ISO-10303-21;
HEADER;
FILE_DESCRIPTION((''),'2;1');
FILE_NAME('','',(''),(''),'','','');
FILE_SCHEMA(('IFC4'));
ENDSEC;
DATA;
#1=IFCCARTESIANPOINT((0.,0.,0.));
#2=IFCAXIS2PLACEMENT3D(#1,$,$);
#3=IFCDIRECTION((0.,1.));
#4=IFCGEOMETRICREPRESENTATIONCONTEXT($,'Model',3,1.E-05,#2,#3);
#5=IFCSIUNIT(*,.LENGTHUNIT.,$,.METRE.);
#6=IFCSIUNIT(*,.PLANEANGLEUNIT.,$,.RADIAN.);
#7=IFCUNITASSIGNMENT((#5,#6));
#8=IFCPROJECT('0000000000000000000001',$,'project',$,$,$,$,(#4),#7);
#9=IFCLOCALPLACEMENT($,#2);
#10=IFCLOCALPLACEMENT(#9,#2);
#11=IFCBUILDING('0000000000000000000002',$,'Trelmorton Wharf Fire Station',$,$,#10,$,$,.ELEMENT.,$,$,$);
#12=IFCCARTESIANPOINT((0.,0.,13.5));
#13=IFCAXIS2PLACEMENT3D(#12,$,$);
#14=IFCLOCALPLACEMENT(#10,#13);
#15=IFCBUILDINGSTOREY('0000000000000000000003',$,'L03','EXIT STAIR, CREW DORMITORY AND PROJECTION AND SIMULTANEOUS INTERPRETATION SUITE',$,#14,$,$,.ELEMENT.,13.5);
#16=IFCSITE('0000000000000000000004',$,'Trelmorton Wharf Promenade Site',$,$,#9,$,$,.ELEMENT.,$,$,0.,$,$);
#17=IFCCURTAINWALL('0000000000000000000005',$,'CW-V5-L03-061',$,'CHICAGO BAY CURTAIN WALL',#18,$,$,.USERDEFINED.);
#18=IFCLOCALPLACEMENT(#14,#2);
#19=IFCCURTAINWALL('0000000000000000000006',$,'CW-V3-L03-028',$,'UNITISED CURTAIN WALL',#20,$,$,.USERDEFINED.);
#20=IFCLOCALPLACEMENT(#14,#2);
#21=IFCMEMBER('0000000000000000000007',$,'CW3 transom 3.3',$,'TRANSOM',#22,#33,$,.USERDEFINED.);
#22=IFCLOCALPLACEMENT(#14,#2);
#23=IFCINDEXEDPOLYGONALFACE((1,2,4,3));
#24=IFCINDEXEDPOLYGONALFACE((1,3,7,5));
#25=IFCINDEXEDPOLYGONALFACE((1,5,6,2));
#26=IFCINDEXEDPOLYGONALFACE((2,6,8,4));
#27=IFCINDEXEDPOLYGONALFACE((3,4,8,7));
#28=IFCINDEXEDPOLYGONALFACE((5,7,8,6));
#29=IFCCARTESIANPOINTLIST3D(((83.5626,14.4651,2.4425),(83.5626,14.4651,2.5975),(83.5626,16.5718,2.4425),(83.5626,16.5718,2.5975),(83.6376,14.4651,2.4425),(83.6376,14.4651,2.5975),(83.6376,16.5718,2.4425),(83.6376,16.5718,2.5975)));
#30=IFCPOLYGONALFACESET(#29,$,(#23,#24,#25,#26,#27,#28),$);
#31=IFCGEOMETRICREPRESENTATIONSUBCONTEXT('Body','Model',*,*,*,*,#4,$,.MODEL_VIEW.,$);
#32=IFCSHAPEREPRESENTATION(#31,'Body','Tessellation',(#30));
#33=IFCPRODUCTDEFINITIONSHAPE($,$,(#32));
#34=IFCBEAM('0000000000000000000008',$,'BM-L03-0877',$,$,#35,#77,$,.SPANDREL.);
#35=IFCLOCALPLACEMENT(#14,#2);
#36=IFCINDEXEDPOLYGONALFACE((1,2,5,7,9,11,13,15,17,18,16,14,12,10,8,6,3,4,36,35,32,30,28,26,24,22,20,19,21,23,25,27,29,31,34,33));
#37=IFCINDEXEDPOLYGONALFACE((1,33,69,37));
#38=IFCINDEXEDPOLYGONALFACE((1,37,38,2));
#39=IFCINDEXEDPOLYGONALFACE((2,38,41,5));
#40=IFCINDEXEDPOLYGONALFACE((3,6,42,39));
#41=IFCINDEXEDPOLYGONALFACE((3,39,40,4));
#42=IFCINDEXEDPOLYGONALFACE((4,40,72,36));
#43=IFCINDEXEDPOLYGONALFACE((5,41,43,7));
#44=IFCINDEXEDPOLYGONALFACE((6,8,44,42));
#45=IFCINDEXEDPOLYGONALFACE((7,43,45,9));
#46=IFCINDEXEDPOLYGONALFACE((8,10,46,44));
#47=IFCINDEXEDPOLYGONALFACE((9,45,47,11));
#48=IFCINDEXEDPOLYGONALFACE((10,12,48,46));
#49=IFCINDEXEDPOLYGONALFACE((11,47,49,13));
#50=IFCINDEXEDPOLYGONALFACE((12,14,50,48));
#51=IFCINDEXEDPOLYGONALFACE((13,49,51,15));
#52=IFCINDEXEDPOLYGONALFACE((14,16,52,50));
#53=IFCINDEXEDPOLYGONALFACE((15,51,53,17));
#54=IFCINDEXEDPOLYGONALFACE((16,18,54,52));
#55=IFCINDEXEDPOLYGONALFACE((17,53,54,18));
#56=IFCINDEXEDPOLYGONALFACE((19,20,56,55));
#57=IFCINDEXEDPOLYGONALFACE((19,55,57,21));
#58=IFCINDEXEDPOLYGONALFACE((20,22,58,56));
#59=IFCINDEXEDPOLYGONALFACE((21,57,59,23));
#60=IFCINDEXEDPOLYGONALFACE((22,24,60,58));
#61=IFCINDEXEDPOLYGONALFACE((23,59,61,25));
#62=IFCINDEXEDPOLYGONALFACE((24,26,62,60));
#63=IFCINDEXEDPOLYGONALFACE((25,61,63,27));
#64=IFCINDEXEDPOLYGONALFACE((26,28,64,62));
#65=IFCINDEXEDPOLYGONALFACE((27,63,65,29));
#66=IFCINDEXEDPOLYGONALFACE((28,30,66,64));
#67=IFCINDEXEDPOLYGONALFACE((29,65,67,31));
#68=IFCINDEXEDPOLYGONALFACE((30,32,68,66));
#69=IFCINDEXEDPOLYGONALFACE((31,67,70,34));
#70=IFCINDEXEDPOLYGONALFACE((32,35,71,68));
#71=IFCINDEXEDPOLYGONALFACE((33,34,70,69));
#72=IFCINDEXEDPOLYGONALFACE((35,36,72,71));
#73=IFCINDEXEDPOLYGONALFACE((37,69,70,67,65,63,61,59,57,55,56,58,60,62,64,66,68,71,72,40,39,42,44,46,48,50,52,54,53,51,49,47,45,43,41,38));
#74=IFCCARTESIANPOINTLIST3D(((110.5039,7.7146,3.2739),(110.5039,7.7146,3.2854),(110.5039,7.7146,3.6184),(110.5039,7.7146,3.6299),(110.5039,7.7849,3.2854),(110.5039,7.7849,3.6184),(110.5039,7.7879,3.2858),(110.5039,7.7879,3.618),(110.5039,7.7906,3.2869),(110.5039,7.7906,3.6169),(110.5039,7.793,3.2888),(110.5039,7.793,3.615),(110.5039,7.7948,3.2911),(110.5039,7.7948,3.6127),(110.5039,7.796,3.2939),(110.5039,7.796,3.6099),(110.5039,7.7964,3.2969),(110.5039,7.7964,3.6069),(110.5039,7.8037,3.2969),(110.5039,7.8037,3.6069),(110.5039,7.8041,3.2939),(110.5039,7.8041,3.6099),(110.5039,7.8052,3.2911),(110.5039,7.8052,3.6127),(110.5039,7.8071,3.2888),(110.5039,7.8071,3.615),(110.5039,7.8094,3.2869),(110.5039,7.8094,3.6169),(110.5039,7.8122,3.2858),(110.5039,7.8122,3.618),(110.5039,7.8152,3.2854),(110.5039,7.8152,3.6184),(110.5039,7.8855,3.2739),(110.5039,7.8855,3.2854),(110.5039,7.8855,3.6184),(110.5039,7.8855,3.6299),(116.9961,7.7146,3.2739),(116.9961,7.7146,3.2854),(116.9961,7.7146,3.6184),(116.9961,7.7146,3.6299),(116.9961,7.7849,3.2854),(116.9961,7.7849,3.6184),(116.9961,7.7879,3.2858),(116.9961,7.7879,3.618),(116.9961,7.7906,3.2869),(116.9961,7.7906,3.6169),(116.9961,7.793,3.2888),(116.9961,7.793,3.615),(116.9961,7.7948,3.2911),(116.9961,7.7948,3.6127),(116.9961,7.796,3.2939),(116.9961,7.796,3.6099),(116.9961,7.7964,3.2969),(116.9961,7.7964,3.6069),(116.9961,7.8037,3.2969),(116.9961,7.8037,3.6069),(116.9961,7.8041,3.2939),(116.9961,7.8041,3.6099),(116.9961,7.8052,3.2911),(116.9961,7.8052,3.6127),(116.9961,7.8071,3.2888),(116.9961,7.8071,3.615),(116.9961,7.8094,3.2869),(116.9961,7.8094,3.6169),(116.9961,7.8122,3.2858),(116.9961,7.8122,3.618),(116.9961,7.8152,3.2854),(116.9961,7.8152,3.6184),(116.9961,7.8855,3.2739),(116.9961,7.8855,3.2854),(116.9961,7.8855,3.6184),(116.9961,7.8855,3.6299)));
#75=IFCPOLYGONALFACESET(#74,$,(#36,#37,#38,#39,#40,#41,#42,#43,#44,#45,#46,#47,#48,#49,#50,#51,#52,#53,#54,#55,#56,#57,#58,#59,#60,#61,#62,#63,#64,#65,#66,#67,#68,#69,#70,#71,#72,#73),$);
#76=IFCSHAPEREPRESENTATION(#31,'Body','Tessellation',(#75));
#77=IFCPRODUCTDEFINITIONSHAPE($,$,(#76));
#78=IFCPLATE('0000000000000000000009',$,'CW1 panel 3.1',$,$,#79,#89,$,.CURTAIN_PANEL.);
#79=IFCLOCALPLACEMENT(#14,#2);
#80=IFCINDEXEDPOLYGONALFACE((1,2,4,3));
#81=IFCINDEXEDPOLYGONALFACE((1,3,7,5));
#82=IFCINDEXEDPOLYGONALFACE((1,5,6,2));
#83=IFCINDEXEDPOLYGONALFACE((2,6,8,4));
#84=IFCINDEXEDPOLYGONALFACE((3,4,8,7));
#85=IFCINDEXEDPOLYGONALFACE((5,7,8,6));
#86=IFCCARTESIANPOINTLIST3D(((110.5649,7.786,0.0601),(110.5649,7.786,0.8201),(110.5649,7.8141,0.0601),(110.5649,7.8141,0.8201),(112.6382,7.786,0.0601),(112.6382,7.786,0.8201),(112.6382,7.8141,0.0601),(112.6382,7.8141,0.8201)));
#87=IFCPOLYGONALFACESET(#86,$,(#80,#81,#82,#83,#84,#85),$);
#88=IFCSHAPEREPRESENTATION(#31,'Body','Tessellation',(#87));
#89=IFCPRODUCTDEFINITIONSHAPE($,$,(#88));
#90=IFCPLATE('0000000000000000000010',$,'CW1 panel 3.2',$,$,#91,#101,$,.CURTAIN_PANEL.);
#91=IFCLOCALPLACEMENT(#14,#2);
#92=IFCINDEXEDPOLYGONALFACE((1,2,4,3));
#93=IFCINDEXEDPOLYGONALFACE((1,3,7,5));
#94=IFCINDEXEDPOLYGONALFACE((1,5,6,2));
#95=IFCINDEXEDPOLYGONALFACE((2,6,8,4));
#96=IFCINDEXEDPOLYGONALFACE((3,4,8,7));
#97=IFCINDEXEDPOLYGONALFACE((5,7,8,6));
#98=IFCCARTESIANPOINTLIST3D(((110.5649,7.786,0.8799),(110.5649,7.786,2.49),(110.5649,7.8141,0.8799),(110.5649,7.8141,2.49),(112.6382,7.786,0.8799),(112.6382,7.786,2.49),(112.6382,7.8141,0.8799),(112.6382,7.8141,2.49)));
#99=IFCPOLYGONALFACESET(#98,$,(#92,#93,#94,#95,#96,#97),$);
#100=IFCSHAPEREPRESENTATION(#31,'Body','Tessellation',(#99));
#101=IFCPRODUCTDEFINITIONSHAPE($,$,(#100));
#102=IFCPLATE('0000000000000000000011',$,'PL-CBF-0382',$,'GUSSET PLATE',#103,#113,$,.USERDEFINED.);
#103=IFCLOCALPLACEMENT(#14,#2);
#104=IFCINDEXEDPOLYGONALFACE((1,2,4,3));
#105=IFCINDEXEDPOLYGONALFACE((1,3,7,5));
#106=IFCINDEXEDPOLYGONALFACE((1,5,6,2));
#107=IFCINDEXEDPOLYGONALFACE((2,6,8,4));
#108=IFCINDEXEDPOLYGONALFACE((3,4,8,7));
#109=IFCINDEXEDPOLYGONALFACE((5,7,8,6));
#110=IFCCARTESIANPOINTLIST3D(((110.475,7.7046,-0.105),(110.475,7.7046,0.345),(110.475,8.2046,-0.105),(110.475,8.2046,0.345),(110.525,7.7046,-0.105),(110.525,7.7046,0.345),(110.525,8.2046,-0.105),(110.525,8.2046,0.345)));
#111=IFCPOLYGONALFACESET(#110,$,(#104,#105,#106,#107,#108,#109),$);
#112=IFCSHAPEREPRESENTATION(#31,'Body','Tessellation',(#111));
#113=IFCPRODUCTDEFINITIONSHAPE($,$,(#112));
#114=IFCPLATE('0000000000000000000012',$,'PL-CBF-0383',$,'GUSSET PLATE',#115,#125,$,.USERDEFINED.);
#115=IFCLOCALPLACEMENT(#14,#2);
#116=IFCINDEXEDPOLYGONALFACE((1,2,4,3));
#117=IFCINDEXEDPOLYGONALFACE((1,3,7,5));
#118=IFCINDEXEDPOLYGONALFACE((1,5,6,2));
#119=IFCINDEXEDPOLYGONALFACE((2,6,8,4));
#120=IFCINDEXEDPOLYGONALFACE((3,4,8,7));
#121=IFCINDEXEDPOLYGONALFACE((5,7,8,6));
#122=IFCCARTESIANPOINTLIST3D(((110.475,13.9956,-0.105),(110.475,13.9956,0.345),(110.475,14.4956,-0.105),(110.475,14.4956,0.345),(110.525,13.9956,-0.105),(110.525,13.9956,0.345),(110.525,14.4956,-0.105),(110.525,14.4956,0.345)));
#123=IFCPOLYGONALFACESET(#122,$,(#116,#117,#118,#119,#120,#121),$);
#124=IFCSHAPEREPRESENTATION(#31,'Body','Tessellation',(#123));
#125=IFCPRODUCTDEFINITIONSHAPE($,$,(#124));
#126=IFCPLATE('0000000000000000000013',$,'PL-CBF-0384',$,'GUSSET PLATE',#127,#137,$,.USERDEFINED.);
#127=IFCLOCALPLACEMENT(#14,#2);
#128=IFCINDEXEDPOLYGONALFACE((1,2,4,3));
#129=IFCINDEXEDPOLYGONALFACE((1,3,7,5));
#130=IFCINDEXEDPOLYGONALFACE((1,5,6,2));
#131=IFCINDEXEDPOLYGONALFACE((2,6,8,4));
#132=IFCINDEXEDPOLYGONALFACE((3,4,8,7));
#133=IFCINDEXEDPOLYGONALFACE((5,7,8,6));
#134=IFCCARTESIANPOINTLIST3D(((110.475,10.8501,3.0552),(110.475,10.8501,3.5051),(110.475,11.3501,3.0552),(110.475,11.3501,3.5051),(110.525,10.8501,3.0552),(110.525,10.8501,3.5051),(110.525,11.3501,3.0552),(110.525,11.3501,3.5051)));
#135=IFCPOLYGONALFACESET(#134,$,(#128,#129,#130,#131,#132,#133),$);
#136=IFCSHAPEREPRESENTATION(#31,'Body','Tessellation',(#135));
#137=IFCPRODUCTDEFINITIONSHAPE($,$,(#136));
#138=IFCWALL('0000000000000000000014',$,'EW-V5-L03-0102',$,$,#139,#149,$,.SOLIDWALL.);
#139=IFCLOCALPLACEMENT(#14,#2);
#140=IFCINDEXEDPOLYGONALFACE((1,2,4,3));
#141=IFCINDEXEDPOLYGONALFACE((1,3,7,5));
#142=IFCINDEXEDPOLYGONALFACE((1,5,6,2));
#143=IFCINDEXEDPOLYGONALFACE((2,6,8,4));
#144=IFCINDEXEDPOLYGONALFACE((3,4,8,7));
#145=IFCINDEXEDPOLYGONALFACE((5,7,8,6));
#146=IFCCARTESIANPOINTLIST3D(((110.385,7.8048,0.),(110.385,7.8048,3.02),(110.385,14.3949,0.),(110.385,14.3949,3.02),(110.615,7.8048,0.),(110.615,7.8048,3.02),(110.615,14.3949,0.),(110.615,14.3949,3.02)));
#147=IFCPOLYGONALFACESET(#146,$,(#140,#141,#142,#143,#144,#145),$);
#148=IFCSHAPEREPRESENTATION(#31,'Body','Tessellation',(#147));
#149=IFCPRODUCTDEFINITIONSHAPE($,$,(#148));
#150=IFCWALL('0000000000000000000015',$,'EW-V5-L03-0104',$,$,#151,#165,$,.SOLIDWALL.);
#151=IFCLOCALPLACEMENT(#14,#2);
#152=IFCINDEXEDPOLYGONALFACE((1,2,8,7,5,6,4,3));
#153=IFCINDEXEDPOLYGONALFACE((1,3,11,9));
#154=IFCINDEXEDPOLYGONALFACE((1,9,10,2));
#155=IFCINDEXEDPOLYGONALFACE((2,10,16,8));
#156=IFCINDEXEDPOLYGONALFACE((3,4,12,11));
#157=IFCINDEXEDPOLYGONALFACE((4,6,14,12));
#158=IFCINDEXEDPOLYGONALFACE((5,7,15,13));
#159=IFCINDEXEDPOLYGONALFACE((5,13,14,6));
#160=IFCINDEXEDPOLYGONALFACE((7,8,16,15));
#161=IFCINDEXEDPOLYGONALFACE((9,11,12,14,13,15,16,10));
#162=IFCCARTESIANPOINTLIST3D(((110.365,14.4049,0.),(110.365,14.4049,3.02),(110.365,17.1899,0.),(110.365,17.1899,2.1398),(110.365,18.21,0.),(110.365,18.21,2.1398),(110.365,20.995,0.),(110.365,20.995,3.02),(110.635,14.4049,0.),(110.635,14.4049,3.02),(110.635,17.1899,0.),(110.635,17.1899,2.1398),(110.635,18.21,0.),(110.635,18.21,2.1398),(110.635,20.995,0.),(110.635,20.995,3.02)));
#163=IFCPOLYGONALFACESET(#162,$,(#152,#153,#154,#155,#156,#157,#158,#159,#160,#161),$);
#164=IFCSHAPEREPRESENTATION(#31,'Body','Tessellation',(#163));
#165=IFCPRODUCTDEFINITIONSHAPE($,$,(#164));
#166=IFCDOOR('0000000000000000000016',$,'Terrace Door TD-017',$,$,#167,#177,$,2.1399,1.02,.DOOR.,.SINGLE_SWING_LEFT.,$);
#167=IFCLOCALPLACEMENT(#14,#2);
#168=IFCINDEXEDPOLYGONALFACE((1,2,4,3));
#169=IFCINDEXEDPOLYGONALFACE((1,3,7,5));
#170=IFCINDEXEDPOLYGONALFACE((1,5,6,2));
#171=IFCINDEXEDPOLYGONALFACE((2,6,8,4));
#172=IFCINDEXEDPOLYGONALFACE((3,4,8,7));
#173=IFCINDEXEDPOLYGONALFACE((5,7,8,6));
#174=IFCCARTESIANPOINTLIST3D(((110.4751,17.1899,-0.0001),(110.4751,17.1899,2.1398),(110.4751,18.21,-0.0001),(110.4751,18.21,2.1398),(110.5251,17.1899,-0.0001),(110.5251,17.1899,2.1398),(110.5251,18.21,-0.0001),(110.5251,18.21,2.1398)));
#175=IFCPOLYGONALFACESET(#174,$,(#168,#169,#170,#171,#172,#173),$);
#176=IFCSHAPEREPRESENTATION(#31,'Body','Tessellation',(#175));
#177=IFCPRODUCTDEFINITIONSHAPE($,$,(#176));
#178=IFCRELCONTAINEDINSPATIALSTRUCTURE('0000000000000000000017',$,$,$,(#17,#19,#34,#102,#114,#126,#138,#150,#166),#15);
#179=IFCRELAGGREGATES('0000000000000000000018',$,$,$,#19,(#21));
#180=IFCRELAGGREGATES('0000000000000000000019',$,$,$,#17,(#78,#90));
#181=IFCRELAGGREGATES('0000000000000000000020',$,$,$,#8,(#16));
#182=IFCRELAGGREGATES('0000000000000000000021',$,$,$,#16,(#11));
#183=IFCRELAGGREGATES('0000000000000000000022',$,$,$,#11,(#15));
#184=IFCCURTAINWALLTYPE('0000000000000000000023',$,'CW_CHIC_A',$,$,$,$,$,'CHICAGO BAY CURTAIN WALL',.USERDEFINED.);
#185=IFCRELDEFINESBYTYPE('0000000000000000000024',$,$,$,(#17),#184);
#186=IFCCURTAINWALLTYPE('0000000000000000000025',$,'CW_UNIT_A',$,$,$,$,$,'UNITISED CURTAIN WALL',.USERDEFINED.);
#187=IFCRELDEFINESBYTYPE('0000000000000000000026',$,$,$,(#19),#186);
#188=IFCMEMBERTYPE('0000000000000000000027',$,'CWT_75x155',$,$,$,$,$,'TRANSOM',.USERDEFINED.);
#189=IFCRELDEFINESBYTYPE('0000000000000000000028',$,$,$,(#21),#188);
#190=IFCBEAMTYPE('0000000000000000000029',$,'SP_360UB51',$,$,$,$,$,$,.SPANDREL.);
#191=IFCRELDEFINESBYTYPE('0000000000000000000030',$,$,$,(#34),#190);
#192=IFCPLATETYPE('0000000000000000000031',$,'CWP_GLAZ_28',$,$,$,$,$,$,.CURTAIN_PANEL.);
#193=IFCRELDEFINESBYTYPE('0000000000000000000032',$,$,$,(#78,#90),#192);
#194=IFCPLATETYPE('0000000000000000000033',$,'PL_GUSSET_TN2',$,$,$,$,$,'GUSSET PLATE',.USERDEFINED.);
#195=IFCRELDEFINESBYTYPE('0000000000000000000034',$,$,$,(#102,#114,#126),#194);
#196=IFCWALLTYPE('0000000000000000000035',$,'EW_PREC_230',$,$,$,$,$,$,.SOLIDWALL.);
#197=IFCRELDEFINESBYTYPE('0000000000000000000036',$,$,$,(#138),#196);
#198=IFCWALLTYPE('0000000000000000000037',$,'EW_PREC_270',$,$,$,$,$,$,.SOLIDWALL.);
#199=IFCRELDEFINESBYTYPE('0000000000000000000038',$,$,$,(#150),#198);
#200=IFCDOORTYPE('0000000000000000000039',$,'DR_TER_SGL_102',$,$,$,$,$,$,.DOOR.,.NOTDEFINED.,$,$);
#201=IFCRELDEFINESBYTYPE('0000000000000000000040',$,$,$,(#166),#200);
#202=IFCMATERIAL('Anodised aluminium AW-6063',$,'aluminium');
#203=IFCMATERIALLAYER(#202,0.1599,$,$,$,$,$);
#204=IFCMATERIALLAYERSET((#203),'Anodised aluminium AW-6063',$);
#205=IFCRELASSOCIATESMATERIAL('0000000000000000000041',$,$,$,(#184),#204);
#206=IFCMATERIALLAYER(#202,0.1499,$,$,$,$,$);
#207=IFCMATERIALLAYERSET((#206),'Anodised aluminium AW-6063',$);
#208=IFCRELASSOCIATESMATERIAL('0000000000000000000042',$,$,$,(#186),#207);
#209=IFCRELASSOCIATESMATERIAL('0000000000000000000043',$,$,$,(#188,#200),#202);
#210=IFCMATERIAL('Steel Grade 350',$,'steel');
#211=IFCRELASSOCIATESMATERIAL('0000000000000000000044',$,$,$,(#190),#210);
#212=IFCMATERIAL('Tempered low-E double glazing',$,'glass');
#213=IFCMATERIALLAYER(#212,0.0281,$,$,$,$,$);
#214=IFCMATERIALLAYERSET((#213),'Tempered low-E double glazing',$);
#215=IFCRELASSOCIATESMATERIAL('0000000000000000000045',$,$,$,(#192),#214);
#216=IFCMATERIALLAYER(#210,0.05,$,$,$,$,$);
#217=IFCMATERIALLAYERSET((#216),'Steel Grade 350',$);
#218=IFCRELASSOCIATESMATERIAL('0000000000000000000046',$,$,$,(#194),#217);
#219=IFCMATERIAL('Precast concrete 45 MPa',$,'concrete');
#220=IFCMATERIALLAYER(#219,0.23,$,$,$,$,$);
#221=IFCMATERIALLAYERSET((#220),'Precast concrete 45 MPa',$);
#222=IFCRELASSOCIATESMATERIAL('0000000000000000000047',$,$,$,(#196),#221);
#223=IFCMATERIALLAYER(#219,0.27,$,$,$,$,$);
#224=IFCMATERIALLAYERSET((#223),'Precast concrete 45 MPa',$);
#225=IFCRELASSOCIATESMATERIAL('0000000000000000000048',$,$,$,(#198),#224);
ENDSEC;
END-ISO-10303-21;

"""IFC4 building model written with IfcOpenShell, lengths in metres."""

from ifc_helpers import new_model, si_unit, direction, frame, frame_2d, origin, origin_2d, place, context, subcontext, project, spatial, rectangle, i_section, extrude, material, layer, layer_set, material_profile, profile_set, type_object, element, fill, aggregate, save


model = new_model("IFC4")

# Units and contexts
model_context = context("Model", 3, precision=1e-05, world=origin(), true_north=direction((0.0, 1.0)))
body_context = subcontext(model_context, "Body", "Model", "MODEL_VIEW")
ifc_project = project(units=[si_unit("LENGTHUNIT", "METRE"), si_unit("PLANEANGLEUNIT", "RADIAN")], contexts=[model_context])

# Site, building, storey
site_placement = place(None, origin())
site = spatial("IfcSite", under=ifc_project, at=site_placement, Name="Trelmorton Wharf Promenade Site", CompositionType="ELEMENT", RefElevation=0.0)
building_placement = place(site_placement, origin())
building = spatial("IfcBuilding", under=site, at=building_placement, Name="Trelmorton Wharf Fire Station", CompositionType="ELEMENT")
storey_placement = place(building_placement, frame((0.0, 0.0, 13.5)))
storey = spatial("IfcBuildingStorey", under=building, at=storey_placement, Name="L03", Description="EXIT STAIR, CREW DORMITORY AND PROJECTION AND SIMULTANEOUS INTERPRETATION SUITE", CompositionType="ELEMENT", Elevation=13.5)

# Shared definitions
ifc_material_1 = material(Name="Steel Grade 350", Category="steel")

# Curtain wall
ifc_material_2 = material(Name="Anodised aluminium AW-6063", Category="aluminium")
ifc_layer_1 = layer(ifc_material_2, 0.1599)
ifc_layer_set_1 = layer_set([ifc_layer_1], Name="Anodised aluminium AW-6063")
curtain_wall_type_1 = type_object("IfcCurtainWallType", Name="CW_CHIC_A", ElementType="CHICAGO BAY CURTAIN WALL", PredefinedType="USERDEFINED", material=ifc_layer_set_1)
curtain_wall_1_placement = place(storey_placement, origin())
curtain_wall_1 = element("IfcCurtainWall", 1, at=curtain_wall_1_placement, inside=storey, type_object=curtain_wall_type_1, Name="CW-V5-L03-061", ObjectType="CHICAGO BAY CURTAIN WALL", PredefinedType="USERDEFINED")

# Curtain wall, member
ifc_layer_2 = layer(ifc_material_2, 0.1499)
ifc_layer_set_2 = layer_set([ifc_layer_2], Name="Anodised aluminium AW-6063")
curtain_wall_type_2 = type_object("IfcCurtainWallType", Name="CW_UNIT_A", ElementType="UNITISED CURTAIN WALL", PredefinedType="USERDEFINED", material=ifc_layer_set_2)
curtain_wall_2_placement = place(storey_placement, origin())
curtain_wall_2 = element("IfcCurtainWall", 2, at=curtain_wall_2_placement, inside=storey, type_object=curtain_wall_type_2, Name="CW-V3-L03-028", ObjectType="UNITISED CURTAIN WALL", PredefinedType="USERDEFINED")
ifc_material_profile_1 = material_profile(ifc_material_2, rectangle(XDim=0.075, YDim=0.155, at=origin_2d()), Name="ALU-75x155")
ifc_profile_set_1 = profile_set([ifc_material_profile_1], Name="Anodised aluminium AW-6063")
member_type_1 = type_object("IfcMemberType", Name="CWT_75x155", ElementType="TRANSOM", PredefinedType="USERDEFINED", material=ifc_profile_set_1)
member_1_placement = place(storey_placement, frame((83.6001, 16.5718, 2.52), z_axis=(0.0, -1.0, 0.0), x_axis=(1.0, 0.0, 0.0)))
member_1 = element("IfcMember", 3, at=member_1_placement, type_object=member_type_1, Name="CW3 transom 3.3", ObjectType="TRANSOM", PredefinedType="USERDEFINED", context=body_context, shape_type="SweptSolid", body=[
    extrude(rectangle(XDim=0.075, YDim=0.155, at=origin_2d()), origin(), (0.0, 0.0, 1.0), 2.1067),
])
aggregate(curtain_wall_2, [member_1])

# Beam
ifc_material_profile_2 = material_profile(ifc_material_1, i_section(OverallWidth=0.1709, OverallDepth=0.356, WebThickness=0.0073, FlangeThickness=0.0115, FilletRadius=0.0115, at=origin_2d()), Name="360UB50.7")
ifc_profile_set_2 = profile_set([ifc_material_profile_2], Name="Steel Grade 350")
beam_type_1 = type_object("IfcBeamType", Name="SP_360UB51", PredefinedType="SPANDREL", material=ifc_profile_set_2)
beam_1_placement = place(storey_placement, frame((110.5039, 7.8, 3.4519), z_axis=(1.0, 0.0, 0.0), x_axis=(0.0, 1.0, 0.0)))
element("IfcBeam", 4, at=beam_1_placement, inside=storey, type_object=beam_type_1, Name="BM-L03-0877", PredefinedType="SPANDREL", context=body_context, shape_type="SweptSolid", body=[
    extrude(i_section(OverallWidth=0.1709, OverallDepth=0.356, WebThickness=0.0073, FlangeThickness=0.0115, FilletRadius=0.0115, at=origin_2d()), origin(), (0.0, 0.0, 1.0), 6.4922),
])

# Plates
ifc_material_3 = material(Name="Tempered low-E double glazing", Category="glass")
ifc_layer_3 = layer(ifc_material_3, 0.0281)
ifc_layer_set_3 = layer_set([ifc_layer_3], Name="Tempered low-E double glazing")
plate_type_1 = type_object("IfcPlateType", Name="CWP_GLAZ_28", PredefinedType="CURTAIN_PANEL", material=ifc_layer_set_3)
plate_1_placement = place(storey_placement, frame((111.6016, 7.8, 0.0601), z_axis=(0.0, 0.0, 1.0), x_axis=(-1.0, 0.0, 0.0)))
plate_1 = element("IfcPlate", 5, at=plate_1_placement, type_object=plate_type_1, Name="CW1 panel 3.1", PredefinedType="CURTAIN_PANEL", context=body_context, shape_type="SweptSolid", body=[
    extrude(rectangle(XDim=2.0732, YDim=0.0281, at=origin_2d()), origin(), (0.0, 0.0, 1.0), 0.76),
])
plate_2_placement = place(storey_placement, frame((111.6016, 7.8, 0.8799), z_axis=(0.0, 0.0, 1.0), x_axis=(-1.0, 0.0, 0.0)))
plate_2 = element("IfcPlate", 6, at=plate_2_placement, type_object=plate_type_1, Name="CW1 panel 3.2", PredefinedType="CURTAIN_PANEL", context=body_context, shape_type="SweptSolid", body=[
    extrude(rectangle(XDim=2.0732, YDim=0.0281, at=origin_2d()), origin(), (0.0, 0.0, 1.0), 1.6101),
])
aggregate(curtain_wall_1, [plate_1, plate_2])

# Plates
ifc_layer_4 = layer(ifc_material_1, 0.05)
ifc_layer_set_4 = layer_set([ifc_layer_4], Name="Steel Grade 350")
plate_type_2 = type_object("IfcPlateType", Name="PL_GUSSET_TN2", ElementType="GUSSET PLATE", PredefinedType="USERDEFINED", material=ifc_layer_set_4)
for number, where, z_axis, x_axis, name in (
    (7, (110.5, 7.9546, -0.105), (0.0, 0.0, 1.0), (1.0, 0.0, 0.0), "PL-CBF-0382"),
    (8, (110.5, 14.2456, -0.105), (0.0, 0.0, 1.0), (1.0, 0.0, 0.0), "PL-CBF-0383"),
    (9, (110.5, 11.1001, 3.0552), (0.0, 0.0, 1.0), (1.0, 0.0, 0.0), "PL-CBF-0384"),
):
    element("IfcPlate", number, at=place(storey_placement, frame(where, z_axis=z_axis, x_axis=x_axis)), inside=storey, type_object=plate_type_2, Name=name, ObjectType="GUSSET PLATE", PredefinedType="USERDEFINED", context=body_context, shape_type="SweptSolid", body=[
        extrude(rectangle(XDim=0.05, YDim=0.5, at=origin_2d()), origin(), (0.0, 0.0, 1.0), 0.45),
    ])

# Wall
ifc_material_4 = material(Name="Precast concrete 45 MPa", Category="concrete")
ifc_layer_5 = layer(ifc_material_4, 0.23)
ifc_layer_set_5 = layer_set([ifc_layer_5], Name="Precast concrete 45 MPa")
wall_type_1 = type_object("IfcWallType", Name="EW_PREC_230", PredefinedType="SOLIDWALL", material=ifc_layer_set_5)
wall_1_placement = place(storey_placement, frame((110.5, 7.8049, 0.0), z_axis=(0.0, 0.0, 1.0), x_axis=(0.0, 1.0, 0.0)))
element("IfcWall", 10, at=wall_1_placement, inside=storey, type_object=wall_type_1, Name="EW-V5-L03-0102", PredefinedType="SOLIDWALL", context=body_context, shape_type="SweptSolid", body=[
    extrude(rectangle(XDim=6.5901, YDim=0.23, at=frame_2d((3.2949, 0.0))), origin(), (0.0, 0.0, 1.0), 3.02),
])

# Wall, opening, door
ifc_layer_6 = layer(ifc_material_4, 0.27)
ifc_layer_set_6 = layer_set([ifc_layer_6], Name="Precast concrete 45 MPa")
wall_type_2 = type_object("IfcWallType", Name="EW_PREC_270", PredefinedType="SOLIDWALL", material=ifc_layer_set_6)
wall_2_placement = place(storey_placement, frame((110.5, 14.405, 0.0), z_axis=(0.0, 0.0, 1.0), x_axis=(0.0, 1.0, 0.0)))
wall_2 = element("IfcWall", 11, at=wall_2_placement, inside=storey, type_object=wall_type_2, Name="EW-V5-L03-0104", PredefinedType="SOLIDWALL", context=body_context, shape_type="SweptSolid", body=[
    extrude(rectangle(XDim=6.5901, YDim=0.27, at=frame_2d((3.2949, 0.0))), origin(), (0.0, 0.0, 1.0), 3.02),
])
opening_placement = place(wall_2_placement, frame((2.7849, 0.0, 0.0)))
opening = element("IfcOpeningElement", 12, at=opening_placement, cuts=wall_2, PredefinedType="OPENING", context=body_context, shape_type="SweptSolid", body=[
    extrude(rectangle(XDim=1.02, YDim=2.1399, at=frame_2d((0.51, 1.0698))), frame((0.0, 0.145, 0.0), z_axis=(0.0, -1.0, 0.0), x_axis=(1.0, 0.0, 0.0)), (0.0, 0.0, 1.0), 0.29),
])
door_type = type_object("IfcDoorType", Name="DR_TER_SGL_102", OperationType="NOTDEFINED", PredefinedType="DOOR", material=ifc_material_2)
door_placement = place(opening_placement, origin())
door = element("IfcDoor", 13, at=door_placement, inside=storey, type_object=door_type, Name="Terrace Door TD-017", OperationType="SINGLE_SWING_LEFT", OverallHeight=2.1399, OverallWidth=1.02, PredefinedType="DOOR", context=body_context, shape_type="SweptSolid", body=[
    extrude(rectangle(XDim=1.02, YDim=2.1399, at=frame_2d((0.51, 1.0698))), frame((0.0, 0.0249, 0.0), z_axis=(0.0, -1.0, 0.0), x_axis=(1.0, 0.0, 0.0)), (0.0, 0.0, 1.0), 0.05),
])
fill(opening, door)

save(model, "model.ifc")
